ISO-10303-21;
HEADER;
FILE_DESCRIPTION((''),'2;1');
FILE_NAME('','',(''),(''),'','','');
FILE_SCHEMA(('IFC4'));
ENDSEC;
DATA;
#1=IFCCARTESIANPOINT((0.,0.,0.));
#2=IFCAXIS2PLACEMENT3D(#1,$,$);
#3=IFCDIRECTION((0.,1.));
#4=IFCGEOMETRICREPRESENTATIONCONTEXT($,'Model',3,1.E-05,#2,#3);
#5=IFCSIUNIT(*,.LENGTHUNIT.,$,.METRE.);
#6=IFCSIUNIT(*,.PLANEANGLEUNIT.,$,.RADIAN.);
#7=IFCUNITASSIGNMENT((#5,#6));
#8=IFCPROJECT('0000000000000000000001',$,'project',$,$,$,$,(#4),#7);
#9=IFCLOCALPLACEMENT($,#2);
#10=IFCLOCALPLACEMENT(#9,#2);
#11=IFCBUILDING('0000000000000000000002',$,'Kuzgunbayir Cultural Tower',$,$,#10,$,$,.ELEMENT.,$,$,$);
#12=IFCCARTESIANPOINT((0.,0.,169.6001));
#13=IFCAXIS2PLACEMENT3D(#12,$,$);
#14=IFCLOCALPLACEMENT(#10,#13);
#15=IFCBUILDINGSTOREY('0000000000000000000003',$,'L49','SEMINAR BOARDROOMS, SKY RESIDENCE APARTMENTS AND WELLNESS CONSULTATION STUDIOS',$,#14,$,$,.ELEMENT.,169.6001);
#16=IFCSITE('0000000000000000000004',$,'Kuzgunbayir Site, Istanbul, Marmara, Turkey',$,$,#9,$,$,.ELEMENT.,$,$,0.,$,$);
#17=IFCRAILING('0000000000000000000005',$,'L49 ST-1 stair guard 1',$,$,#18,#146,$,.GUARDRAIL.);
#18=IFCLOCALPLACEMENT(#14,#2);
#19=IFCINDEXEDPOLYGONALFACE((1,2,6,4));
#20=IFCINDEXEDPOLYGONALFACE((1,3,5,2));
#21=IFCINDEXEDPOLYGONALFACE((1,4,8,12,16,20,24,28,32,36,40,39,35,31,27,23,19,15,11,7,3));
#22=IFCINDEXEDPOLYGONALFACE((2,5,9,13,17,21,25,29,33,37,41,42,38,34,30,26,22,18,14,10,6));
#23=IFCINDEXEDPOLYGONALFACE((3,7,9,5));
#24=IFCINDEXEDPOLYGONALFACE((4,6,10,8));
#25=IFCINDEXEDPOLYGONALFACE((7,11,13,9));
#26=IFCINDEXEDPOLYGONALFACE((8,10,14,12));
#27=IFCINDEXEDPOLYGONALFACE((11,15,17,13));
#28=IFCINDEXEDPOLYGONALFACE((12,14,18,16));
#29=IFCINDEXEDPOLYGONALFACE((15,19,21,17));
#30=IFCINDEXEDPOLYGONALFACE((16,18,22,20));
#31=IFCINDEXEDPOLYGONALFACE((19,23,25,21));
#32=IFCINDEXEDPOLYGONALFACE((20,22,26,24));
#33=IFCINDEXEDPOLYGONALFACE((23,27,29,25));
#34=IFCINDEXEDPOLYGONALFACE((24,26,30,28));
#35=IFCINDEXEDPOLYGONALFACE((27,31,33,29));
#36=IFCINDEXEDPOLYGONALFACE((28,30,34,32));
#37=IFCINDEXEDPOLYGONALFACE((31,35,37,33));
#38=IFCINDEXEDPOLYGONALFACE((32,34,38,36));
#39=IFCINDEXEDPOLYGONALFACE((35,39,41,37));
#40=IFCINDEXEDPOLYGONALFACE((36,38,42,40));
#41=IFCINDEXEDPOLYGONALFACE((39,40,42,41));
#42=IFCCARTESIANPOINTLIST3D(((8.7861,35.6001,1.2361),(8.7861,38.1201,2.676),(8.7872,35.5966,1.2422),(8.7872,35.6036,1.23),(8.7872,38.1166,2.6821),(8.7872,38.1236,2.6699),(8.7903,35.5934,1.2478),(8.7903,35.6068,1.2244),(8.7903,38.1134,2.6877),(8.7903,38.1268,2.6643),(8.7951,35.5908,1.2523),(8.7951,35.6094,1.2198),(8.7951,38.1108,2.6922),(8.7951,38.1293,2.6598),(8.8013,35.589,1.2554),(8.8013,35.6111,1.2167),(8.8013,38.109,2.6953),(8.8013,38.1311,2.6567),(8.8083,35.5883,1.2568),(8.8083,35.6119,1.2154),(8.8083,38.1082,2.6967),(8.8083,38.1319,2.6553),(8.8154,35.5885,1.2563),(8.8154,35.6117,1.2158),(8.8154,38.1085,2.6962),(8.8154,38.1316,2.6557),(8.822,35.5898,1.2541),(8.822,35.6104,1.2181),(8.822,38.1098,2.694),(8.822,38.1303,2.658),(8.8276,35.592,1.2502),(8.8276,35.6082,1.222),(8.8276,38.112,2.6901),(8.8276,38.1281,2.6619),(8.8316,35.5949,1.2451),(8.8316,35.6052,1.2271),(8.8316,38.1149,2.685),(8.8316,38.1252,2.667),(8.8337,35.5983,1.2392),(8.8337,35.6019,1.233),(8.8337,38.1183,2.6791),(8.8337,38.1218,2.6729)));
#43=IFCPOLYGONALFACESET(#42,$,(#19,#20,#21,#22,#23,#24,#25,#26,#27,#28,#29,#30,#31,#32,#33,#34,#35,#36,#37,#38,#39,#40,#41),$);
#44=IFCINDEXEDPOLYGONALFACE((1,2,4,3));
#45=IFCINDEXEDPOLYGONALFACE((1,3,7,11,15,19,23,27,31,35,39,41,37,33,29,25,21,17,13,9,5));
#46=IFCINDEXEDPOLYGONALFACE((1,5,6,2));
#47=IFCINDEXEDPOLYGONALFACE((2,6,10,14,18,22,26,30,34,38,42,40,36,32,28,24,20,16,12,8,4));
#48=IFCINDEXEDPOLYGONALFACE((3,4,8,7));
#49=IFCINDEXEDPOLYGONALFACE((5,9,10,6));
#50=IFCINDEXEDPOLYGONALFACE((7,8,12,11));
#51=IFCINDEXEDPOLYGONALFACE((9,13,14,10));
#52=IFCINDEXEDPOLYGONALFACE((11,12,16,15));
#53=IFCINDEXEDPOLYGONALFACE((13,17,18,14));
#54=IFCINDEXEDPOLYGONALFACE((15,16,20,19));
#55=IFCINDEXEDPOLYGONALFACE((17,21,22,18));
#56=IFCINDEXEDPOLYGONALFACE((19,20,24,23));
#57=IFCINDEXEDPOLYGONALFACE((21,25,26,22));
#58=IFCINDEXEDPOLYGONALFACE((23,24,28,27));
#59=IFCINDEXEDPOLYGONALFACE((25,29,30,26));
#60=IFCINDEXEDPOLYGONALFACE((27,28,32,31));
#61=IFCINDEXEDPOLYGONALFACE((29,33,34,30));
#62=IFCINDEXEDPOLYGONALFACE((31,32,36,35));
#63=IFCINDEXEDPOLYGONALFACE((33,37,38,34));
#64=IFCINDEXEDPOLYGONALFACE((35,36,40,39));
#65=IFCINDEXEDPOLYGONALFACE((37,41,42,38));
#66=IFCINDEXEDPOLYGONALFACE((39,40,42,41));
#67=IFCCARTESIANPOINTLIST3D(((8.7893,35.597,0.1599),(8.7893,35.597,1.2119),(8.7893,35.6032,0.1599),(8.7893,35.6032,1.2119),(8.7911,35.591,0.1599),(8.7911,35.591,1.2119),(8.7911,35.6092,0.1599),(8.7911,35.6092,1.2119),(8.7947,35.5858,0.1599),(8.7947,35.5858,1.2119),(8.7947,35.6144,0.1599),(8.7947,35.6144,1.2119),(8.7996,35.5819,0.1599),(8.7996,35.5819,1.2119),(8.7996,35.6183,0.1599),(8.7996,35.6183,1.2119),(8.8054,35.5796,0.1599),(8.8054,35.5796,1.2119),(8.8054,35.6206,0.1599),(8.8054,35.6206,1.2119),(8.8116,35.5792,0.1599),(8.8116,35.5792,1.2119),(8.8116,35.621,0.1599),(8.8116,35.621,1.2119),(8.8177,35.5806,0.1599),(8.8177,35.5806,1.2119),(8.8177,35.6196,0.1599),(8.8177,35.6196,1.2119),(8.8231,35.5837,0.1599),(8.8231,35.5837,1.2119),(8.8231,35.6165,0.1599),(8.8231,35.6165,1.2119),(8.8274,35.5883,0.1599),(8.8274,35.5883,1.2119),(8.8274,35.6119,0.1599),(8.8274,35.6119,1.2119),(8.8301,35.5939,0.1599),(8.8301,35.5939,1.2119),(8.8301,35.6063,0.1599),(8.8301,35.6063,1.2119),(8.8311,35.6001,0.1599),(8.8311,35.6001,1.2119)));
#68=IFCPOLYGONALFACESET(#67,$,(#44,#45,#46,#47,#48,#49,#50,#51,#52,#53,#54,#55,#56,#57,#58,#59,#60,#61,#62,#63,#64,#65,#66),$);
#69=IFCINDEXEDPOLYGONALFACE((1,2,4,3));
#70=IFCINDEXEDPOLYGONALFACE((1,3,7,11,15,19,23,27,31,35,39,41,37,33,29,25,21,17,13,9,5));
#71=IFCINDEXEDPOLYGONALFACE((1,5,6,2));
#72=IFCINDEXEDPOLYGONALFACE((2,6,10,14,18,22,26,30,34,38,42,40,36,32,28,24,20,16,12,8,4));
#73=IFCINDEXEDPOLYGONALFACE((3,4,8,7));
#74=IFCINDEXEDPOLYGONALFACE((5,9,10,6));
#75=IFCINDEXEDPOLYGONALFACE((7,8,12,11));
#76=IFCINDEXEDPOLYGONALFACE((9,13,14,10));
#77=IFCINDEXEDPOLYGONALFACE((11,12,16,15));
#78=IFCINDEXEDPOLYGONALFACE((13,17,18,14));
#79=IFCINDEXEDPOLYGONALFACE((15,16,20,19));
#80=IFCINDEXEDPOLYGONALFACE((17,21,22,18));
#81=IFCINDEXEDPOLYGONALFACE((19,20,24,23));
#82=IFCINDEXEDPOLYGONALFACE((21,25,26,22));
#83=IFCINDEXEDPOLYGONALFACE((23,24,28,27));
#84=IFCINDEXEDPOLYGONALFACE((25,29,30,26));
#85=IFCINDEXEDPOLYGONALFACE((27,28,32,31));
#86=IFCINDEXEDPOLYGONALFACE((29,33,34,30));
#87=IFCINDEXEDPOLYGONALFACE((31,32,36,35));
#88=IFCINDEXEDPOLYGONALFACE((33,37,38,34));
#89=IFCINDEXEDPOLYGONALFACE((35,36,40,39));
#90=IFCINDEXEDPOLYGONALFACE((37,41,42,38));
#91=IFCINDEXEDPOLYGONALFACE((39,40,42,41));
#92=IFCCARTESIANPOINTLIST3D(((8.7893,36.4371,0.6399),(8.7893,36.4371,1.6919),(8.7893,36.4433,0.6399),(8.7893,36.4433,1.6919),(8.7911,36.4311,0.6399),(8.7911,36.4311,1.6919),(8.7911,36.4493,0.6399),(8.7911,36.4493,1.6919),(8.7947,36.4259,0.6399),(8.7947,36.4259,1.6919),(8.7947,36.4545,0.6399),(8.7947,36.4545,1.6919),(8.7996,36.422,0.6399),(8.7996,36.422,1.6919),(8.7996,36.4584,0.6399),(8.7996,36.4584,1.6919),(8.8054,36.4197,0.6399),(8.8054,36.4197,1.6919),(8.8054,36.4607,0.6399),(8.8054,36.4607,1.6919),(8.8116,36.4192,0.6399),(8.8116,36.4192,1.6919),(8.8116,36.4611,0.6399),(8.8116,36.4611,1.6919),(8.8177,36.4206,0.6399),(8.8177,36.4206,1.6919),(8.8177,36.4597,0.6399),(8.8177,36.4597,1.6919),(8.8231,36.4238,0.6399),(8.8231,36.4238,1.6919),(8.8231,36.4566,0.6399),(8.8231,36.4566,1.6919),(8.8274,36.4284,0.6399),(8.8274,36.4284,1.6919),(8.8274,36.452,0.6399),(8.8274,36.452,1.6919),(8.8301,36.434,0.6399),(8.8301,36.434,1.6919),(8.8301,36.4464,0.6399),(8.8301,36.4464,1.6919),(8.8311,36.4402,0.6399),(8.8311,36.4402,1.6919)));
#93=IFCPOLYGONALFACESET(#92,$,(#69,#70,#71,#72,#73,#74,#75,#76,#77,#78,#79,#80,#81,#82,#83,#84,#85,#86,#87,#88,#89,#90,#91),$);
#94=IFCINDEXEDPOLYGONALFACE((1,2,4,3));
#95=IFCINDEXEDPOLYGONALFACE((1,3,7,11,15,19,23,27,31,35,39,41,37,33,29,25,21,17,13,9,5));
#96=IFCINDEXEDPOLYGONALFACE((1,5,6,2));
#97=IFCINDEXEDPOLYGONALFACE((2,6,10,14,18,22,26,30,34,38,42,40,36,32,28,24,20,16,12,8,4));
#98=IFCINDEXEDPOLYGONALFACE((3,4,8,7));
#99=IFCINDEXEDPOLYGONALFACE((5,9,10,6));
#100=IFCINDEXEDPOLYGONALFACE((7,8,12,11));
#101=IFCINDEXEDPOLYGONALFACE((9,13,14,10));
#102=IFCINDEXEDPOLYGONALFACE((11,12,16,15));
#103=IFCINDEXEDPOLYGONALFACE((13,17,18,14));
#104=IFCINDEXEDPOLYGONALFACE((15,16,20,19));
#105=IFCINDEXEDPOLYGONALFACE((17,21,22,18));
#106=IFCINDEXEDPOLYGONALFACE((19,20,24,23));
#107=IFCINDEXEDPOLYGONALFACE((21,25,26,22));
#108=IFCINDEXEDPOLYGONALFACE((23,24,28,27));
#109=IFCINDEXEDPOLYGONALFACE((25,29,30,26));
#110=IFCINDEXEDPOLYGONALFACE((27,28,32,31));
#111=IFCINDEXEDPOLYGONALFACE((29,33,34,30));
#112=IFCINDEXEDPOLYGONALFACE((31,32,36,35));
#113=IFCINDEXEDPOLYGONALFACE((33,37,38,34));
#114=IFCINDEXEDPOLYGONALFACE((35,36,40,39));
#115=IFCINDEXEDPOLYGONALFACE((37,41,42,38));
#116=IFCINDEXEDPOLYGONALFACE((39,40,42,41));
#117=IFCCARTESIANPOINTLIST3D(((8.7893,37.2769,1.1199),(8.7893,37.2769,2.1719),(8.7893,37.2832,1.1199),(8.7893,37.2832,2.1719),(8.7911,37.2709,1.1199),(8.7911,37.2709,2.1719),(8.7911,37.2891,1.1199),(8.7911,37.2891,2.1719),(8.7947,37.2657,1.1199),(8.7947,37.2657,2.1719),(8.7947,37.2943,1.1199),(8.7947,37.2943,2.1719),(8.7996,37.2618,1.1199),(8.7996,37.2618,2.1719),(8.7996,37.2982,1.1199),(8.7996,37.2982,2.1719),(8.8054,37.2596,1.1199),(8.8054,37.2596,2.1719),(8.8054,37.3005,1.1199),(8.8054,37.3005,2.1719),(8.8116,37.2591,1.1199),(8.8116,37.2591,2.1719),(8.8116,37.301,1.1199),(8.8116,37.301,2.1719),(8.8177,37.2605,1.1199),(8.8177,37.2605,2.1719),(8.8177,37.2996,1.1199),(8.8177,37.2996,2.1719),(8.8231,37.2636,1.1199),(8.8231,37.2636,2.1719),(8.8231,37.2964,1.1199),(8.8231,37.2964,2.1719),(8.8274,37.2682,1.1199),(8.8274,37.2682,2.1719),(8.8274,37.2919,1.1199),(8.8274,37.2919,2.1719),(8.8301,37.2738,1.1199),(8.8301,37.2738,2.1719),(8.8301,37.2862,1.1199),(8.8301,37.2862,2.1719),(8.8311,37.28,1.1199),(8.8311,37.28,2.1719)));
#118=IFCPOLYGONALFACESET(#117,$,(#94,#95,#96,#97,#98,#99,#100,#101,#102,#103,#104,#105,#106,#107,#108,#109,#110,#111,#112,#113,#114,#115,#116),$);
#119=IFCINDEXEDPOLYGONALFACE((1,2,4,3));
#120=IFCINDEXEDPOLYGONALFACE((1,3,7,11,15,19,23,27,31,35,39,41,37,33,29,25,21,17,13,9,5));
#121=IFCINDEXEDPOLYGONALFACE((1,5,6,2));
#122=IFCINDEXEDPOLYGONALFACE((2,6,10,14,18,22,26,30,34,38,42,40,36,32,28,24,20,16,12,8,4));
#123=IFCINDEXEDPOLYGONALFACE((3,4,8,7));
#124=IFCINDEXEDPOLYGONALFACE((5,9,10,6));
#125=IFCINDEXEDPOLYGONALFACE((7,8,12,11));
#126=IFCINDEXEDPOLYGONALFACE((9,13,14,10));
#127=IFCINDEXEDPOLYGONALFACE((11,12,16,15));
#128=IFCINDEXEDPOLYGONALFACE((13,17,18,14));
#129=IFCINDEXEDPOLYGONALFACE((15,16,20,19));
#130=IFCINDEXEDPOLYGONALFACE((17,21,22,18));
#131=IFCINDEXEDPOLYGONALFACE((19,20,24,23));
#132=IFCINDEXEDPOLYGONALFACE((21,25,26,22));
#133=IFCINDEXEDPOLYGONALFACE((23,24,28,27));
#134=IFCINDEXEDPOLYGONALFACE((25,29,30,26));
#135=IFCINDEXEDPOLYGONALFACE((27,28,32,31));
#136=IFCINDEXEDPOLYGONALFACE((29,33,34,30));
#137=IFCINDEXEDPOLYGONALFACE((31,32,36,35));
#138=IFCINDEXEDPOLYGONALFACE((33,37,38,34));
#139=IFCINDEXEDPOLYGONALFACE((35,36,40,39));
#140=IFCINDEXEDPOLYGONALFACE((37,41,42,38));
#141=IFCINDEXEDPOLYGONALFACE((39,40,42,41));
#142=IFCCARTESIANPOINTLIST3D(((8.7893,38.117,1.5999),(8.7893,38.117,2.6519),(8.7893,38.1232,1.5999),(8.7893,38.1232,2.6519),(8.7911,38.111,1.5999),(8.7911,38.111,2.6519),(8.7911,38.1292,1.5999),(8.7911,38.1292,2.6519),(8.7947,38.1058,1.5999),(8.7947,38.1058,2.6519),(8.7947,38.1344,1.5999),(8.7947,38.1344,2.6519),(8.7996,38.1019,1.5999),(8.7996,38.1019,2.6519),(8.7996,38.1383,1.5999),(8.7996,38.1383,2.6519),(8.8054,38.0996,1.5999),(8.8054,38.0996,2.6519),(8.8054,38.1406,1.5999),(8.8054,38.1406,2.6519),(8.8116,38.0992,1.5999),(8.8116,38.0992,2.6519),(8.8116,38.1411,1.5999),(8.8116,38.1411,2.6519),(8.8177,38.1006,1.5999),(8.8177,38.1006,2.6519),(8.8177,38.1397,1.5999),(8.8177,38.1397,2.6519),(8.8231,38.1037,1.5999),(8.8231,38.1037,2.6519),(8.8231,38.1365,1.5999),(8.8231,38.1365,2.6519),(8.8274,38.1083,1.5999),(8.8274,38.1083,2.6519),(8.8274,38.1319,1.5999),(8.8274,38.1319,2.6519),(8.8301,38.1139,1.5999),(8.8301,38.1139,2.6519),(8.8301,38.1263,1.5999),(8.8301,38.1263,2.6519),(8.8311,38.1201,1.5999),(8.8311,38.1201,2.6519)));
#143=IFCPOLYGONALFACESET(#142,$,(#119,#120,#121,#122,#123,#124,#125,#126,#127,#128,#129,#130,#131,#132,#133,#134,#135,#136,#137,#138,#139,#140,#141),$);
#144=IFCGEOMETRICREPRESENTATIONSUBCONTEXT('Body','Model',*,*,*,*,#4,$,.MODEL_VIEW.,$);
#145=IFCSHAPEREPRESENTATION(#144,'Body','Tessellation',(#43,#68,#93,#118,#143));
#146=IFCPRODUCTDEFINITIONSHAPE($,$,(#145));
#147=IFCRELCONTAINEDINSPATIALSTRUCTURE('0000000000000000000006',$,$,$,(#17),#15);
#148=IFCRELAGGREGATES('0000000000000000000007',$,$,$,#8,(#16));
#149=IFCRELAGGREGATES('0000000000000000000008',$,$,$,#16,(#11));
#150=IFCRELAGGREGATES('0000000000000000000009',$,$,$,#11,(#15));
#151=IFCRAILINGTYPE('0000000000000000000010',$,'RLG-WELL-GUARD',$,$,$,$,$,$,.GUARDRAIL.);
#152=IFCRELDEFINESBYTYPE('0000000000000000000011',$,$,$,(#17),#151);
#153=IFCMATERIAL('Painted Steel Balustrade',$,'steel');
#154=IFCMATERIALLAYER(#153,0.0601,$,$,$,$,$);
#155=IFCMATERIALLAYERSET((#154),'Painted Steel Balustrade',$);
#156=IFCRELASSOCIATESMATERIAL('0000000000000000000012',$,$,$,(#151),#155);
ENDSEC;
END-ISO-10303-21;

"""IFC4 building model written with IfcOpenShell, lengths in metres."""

from ifc_helpers import new_model, si_unit, direction, frame, origin, origin_2d, place, context, subcontext, project, spatial, circle, extrude, material, layer, layer_set, type_object, element, save


model = new_model("IFC4")

# Units and contexts
model_context = context("Model", 3, precision=1e-05, world=origin(), true_north=direction((0.0, 1.0)))
body_context = subcontext(model_context, "Body", "Model", "MODEL_VIEW")
ifc_project = project(units=[si_unit("LENGTHUNIT", "METRE"), si_unit("PLANEANGLEUNIT", "RADIAN")], contexts=[model_context])

# Site, building, storey
site_placement = place(None, origin())
site = spatial("IfcSite", under=ifc_project, at=site_placement, Name="Kuzgunbayir Site, Istanbul, Marmara, Turkey", CompositionType="ELEMENT", RefElevation=0.0)
building_placement = place(site_placement, origin())
building = spatial("IfcBuilding", under=site, at=building_placement, Name="Kuzgunbayir Cultural Tower", CompositionType="ELEMENT")
storey_placement = place(building_placement, frame((0.0, 0.0, 169.6001)))
storey = spatial("IfcBuildingStorey", under=building, at=storey_placement, Name="L49", Description="SEMINAR BOARDROOMS, SKY RESIDENCE APARTMENTS AND WELLNESS CONSULTATION STUDIOS", CompositionType="ELEMENT", Elevation=169.6001)

# Railing
ifc_material_1 = material(Name="Painted Steel Balustrade", Category="steel")
ifc_layer_1 = layer(ifc_material_1, 0.0601)
ifc_layer_set_1 = layer_set([ifc_layer_1], Name="Painted Steel Balustrade")
railing_type_1 = type_object("IfcRailingType", Name="RLG-WELL-GUARD", PredefinedType="GUARDRAIL", material=ifc_layer_set_1)
railing_1_placement = place(storey_placement, frame((8.8101, 35.6001, 0.1599)))
element("IfcRailing", 1, at=railing_1_placement, inside=storey, type_object=railing_type_1, Name="L49 ST-1 stair guard 1", PredefinedType="GUARDRAIL", context=body_context, shape_type="SweptSolid", body=[
    extrude(circle(Radius=0.0239, at=origin_2d()), frame((0.0, 0.0, 1.0762), z_axis=(0.0, 0.868253, 0.496121), x_axis=(-1.0, 0.0, 0.0)), (0.0, 0.0, 1.0), 2.9023),
    extrude(circle(Radius=0.021, at=origin_2d()), origin(), (0.0, 0.0, 1.0), 1.052),
    extrude(circle(Radius=0.021, at=origin_2d()), frame((0.0, 0.8401, 0.48)), (0.0, 0.0, 1.0), 1.052),
    extrude(circle(Radius=0.021, at=origin_2d()), frame((0.0, 1.6799, 0.96)), (0.0, 0.0, 1.0), 1.052),
    extrude(circle(Radius=0.021, at=origin_2d()), frame((0.0, 2.52, 1.4399)), (0.0, 0.0, 1.0), 1.052),
])

save(model, "model.ifc")
